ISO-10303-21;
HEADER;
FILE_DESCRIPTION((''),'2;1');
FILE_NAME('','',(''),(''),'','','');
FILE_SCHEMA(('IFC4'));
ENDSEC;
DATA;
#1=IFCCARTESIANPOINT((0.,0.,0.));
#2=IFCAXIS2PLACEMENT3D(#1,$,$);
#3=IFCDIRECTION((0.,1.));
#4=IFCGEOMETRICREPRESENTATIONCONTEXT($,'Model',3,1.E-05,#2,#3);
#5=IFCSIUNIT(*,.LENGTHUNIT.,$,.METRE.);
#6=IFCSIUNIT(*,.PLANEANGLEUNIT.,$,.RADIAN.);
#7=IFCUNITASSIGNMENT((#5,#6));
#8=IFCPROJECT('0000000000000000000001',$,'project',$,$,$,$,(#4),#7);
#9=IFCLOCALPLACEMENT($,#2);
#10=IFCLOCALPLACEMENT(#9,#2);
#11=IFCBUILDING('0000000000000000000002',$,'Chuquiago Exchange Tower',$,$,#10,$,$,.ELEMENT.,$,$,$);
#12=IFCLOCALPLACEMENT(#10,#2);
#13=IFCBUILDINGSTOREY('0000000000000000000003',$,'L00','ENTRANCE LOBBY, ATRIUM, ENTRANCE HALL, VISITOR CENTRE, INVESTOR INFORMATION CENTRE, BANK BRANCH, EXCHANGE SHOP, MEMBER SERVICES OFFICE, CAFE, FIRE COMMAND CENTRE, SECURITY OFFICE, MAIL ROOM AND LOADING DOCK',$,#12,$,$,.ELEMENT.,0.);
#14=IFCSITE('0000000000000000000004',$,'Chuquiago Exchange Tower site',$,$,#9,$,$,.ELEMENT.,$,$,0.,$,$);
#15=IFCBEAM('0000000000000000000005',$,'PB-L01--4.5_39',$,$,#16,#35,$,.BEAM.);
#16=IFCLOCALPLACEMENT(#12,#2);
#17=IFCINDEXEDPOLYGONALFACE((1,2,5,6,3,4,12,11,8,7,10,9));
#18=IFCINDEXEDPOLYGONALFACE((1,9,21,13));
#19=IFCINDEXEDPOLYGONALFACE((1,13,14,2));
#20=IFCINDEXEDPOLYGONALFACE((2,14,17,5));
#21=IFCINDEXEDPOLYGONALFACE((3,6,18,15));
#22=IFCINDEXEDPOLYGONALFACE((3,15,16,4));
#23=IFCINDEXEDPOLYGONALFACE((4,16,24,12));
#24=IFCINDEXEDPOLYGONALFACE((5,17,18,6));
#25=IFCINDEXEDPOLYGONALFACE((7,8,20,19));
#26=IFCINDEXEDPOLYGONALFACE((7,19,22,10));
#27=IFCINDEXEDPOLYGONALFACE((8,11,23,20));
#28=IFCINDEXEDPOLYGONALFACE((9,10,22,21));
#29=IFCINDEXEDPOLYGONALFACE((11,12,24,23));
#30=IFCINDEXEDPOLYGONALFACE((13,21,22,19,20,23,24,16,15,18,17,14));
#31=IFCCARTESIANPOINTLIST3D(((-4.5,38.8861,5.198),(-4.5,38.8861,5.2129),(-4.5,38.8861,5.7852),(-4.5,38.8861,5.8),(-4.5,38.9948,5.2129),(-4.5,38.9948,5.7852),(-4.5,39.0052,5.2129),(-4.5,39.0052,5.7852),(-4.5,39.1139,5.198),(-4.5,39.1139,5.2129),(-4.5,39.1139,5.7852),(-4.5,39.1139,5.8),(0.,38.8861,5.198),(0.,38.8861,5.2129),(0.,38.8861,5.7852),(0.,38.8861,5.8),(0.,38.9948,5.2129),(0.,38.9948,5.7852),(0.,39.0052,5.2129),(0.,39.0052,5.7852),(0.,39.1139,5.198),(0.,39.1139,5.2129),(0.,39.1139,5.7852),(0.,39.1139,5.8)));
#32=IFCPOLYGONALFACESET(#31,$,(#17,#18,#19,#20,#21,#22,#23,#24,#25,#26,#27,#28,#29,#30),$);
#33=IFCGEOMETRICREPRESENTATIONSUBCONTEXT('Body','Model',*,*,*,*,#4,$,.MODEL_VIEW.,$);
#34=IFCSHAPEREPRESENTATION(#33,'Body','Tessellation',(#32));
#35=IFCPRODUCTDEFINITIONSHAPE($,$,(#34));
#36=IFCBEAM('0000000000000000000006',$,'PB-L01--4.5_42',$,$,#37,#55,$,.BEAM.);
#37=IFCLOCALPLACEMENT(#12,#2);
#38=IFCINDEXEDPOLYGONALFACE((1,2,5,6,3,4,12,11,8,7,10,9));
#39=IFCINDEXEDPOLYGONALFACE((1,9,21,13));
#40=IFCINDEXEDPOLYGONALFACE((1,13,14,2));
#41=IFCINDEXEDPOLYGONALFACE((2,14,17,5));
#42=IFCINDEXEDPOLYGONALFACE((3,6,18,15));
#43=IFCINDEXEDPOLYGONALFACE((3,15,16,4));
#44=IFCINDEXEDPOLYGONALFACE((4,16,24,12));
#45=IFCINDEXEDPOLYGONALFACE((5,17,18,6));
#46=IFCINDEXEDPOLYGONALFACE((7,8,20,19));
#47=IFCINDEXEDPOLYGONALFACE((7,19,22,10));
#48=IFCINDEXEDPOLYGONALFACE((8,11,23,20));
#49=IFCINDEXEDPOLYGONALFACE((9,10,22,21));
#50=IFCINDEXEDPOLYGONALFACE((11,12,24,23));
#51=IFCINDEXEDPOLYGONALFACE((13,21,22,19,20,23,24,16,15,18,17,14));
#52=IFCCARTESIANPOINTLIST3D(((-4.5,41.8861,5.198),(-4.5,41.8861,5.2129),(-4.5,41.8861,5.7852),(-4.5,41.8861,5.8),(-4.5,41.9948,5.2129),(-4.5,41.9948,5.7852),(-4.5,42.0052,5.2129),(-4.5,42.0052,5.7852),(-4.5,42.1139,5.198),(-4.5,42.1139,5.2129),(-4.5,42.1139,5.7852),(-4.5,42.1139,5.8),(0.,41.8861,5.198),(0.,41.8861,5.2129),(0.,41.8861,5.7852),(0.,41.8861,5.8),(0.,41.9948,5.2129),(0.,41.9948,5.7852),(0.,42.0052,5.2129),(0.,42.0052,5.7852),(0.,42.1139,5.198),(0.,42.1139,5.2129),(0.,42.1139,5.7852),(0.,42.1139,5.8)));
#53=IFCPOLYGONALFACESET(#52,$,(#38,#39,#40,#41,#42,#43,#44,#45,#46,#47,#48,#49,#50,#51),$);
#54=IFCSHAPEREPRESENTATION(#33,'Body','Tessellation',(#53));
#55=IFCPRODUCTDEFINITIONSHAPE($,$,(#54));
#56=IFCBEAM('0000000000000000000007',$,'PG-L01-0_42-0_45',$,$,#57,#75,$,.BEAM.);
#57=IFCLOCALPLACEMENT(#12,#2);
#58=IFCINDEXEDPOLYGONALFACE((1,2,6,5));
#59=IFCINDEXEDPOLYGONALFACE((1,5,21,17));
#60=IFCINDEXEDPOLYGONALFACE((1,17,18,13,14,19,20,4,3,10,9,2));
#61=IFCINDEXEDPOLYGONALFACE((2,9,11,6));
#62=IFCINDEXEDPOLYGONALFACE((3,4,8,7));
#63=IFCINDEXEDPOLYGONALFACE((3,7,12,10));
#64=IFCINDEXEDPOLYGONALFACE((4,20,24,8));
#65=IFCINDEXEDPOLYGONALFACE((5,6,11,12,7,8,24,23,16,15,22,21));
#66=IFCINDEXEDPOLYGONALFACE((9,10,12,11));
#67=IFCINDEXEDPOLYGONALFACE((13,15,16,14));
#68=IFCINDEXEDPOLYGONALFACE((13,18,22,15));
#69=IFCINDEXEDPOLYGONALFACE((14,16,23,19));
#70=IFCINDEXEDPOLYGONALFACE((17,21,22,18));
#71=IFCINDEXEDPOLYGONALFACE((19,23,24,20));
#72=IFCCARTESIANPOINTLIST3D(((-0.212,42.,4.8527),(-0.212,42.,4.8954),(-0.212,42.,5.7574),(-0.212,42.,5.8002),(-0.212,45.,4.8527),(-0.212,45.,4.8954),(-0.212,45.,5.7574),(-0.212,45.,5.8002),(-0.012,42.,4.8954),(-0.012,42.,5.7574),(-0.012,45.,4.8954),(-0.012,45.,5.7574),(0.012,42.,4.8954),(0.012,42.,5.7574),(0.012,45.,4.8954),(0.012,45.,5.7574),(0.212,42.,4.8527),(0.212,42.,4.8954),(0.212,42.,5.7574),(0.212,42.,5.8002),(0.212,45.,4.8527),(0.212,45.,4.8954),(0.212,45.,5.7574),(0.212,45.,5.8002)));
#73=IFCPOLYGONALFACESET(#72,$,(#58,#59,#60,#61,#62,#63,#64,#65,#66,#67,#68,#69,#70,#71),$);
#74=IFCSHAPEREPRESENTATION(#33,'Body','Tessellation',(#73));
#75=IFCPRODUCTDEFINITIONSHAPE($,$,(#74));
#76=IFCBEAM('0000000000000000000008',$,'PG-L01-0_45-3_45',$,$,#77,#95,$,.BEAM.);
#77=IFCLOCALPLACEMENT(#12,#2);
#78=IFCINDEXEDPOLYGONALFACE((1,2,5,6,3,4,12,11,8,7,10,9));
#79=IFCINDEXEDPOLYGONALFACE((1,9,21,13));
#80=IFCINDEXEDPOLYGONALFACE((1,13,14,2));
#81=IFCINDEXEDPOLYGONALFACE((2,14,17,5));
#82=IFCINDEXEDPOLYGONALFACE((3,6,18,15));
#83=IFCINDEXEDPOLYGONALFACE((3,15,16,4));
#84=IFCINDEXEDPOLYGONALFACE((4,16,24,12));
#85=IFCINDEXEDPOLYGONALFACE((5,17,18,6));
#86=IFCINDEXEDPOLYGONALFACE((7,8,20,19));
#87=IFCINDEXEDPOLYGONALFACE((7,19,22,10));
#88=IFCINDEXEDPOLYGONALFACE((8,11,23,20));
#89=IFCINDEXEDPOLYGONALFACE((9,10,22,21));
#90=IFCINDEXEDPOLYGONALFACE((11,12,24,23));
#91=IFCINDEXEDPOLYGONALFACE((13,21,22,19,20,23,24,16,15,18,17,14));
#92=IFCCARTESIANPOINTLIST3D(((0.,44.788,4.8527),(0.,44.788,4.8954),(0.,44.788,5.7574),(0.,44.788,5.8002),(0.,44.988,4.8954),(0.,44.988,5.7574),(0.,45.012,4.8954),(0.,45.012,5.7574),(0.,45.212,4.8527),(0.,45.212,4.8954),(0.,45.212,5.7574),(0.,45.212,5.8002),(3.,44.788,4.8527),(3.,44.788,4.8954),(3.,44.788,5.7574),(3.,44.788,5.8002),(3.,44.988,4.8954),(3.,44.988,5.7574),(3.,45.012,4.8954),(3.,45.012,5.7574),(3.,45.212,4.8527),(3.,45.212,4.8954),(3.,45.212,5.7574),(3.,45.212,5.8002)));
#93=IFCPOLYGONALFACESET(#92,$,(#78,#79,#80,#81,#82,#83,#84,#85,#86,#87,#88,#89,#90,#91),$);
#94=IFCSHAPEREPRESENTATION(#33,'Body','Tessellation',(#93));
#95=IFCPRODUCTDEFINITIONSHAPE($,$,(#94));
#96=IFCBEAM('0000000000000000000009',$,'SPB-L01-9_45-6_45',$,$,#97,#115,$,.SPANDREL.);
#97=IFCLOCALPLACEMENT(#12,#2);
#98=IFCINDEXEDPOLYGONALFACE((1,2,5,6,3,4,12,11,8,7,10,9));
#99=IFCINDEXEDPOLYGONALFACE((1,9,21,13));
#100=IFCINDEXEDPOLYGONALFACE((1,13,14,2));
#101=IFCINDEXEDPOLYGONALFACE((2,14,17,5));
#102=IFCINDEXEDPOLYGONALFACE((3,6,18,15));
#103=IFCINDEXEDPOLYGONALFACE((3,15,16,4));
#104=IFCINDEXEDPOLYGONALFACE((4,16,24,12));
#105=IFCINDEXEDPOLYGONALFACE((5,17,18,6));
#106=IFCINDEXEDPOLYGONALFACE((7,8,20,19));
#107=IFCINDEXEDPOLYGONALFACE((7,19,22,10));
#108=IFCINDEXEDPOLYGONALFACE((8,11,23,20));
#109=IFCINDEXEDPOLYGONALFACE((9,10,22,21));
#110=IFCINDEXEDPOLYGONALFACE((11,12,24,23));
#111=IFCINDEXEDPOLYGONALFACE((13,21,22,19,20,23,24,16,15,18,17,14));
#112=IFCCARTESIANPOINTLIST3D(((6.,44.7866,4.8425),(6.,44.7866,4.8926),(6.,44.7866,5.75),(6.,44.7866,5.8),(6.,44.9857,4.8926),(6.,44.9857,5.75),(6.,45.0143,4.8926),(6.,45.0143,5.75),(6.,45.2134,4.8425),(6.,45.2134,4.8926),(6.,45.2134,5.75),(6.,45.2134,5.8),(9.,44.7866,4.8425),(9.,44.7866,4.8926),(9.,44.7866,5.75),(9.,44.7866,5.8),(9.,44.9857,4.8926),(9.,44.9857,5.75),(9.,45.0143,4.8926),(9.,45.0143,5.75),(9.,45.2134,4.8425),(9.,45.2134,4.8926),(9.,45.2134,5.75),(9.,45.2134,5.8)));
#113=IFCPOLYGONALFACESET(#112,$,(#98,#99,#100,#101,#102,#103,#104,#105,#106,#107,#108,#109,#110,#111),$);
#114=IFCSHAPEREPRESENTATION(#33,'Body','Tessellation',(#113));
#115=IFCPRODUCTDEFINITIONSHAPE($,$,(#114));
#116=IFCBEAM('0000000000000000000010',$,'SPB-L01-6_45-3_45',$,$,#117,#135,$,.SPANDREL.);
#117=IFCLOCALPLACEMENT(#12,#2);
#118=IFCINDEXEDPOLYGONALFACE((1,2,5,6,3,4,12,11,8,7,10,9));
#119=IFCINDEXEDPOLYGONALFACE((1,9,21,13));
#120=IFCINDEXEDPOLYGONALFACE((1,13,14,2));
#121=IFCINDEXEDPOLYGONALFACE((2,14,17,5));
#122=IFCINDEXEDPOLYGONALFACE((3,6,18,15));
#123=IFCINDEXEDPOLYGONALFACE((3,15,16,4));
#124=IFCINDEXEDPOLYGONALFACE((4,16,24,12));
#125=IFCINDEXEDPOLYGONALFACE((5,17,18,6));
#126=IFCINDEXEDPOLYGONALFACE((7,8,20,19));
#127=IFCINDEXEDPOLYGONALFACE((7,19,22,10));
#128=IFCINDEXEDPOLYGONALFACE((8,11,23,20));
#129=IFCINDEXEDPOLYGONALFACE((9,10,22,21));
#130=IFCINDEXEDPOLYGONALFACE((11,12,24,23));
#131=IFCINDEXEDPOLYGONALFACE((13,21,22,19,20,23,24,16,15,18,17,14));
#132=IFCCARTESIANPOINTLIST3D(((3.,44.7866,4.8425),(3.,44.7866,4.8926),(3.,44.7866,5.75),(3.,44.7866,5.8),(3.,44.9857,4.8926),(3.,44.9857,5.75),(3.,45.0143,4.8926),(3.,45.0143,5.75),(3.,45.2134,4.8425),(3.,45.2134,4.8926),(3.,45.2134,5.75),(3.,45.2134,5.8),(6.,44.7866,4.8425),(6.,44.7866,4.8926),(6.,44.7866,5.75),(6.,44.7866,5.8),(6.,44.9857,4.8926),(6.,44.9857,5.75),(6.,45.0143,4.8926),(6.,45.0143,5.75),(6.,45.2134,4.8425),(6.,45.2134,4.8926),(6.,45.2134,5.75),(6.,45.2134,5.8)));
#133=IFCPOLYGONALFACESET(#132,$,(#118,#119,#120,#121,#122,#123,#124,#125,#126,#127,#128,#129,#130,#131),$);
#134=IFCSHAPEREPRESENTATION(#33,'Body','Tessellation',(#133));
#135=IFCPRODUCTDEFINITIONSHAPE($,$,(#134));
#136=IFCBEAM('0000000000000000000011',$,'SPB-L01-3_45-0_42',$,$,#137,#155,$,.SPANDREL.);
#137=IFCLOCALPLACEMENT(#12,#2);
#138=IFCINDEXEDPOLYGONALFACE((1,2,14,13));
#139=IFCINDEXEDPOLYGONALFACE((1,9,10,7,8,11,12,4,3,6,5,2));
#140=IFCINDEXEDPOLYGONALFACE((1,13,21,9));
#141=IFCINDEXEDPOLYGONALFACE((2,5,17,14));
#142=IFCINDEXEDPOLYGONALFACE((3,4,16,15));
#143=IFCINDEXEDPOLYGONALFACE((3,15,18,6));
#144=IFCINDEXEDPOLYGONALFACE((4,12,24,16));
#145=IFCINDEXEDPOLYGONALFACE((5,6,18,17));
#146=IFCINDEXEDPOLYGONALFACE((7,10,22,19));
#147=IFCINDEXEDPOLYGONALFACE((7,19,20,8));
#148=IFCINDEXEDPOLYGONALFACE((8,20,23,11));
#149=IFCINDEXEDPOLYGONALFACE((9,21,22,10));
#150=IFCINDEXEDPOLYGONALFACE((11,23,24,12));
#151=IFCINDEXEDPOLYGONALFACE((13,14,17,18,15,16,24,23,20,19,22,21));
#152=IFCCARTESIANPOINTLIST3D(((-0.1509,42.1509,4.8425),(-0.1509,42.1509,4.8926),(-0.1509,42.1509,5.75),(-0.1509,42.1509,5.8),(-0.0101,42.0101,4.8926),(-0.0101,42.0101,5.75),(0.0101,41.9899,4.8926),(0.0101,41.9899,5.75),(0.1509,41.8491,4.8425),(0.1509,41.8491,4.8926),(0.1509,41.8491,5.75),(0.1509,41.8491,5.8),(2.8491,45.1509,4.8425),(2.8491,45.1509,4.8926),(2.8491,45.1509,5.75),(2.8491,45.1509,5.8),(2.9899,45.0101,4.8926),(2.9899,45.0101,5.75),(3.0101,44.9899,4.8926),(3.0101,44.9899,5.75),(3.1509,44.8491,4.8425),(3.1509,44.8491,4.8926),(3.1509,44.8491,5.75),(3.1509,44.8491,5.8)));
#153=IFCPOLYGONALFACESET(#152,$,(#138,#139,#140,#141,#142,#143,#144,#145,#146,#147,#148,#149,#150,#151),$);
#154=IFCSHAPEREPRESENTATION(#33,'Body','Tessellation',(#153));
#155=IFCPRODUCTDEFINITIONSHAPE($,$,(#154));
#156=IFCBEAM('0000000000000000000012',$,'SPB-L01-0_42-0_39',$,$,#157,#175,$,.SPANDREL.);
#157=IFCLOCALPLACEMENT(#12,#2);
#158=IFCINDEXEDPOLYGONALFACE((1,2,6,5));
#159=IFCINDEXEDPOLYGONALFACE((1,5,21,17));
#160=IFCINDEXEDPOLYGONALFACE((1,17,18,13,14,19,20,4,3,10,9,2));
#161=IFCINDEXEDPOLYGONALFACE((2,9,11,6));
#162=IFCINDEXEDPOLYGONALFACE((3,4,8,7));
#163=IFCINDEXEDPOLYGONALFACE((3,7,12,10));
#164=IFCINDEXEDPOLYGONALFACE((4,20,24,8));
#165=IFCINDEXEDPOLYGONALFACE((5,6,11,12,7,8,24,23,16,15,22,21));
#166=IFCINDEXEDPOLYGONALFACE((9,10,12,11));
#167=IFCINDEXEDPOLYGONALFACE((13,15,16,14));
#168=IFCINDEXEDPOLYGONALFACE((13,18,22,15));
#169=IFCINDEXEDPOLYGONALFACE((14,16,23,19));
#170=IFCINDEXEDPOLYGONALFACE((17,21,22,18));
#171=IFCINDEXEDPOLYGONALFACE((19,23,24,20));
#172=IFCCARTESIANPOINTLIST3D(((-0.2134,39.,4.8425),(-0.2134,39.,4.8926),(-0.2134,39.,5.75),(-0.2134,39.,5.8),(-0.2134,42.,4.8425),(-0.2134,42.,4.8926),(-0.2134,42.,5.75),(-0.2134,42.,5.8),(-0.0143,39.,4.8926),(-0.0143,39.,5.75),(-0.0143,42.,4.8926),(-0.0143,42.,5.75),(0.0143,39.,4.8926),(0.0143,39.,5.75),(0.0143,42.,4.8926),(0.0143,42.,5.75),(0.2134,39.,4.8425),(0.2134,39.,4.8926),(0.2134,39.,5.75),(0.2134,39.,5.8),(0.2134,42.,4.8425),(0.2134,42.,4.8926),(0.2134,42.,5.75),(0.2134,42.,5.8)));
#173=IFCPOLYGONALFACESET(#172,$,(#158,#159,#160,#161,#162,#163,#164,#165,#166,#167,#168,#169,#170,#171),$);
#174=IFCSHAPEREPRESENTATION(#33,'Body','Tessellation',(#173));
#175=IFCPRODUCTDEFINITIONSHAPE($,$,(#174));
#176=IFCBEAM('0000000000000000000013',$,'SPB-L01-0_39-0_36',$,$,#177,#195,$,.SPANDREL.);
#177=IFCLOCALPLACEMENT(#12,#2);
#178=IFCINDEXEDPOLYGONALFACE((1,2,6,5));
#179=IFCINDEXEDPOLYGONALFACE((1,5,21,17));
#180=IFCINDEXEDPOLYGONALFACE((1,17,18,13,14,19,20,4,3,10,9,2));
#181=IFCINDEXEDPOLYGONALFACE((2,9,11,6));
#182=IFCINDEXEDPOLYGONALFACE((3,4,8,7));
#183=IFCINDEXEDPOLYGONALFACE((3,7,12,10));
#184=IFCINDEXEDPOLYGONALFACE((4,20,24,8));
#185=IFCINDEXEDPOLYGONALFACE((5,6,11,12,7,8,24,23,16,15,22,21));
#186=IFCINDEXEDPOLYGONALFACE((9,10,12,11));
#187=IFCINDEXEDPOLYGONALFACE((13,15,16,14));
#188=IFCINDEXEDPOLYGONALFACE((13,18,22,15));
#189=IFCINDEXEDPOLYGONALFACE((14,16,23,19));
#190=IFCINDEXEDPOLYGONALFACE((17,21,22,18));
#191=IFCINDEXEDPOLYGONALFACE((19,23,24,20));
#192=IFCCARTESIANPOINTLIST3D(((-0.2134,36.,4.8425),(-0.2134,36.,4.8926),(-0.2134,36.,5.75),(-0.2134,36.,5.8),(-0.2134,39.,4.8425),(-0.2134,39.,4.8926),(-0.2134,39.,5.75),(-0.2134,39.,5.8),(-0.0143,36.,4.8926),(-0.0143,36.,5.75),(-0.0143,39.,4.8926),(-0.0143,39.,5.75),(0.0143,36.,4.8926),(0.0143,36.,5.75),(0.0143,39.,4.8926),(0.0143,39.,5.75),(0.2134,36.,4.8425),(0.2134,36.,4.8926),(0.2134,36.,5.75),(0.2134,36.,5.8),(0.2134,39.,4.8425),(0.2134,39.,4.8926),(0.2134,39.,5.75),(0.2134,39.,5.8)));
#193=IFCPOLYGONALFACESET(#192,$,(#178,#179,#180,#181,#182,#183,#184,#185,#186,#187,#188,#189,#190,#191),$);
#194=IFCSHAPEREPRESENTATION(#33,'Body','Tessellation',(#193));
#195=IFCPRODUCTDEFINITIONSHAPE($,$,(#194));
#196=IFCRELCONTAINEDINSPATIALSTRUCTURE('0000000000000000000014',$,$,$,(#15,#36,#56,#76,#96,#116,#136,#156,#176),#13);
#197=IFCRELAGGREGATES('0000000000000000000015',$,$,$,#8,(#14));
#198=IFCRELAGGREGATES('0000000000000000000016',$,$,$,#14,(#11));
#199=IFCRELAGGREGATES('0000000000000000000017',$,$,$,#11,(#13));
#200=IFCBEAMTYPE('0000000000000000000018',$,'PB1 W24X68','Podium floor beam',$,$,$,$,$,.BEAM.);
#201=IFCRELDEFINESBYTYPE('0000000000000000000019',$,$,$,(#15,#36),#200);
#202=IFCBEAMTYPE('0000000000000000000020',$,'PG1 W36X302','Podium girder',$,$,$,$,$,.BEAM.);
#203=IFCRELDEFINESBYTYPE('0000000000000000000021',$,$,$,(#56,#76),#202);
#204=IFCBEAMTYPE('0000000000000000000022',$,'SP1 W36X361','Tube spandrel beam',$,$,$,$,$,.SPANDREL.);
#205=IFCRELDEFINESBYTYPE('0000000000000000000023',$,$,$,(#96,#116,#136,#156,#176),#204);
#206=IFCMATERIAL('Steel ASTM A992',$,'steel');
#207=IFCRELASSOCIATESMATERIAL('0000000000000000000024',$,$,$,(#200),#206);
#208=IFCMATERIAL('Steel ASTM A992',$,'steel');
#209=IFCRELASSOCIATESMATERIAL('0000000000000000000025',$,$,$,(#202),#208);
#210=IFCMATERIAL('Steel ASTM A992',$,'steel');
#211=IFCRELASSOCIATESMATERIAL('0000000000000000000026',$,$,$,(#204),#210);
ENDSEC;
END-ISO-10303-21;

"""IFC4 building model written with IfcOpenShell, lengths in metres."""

from ifc_helpers import new_model, si_unit, direction, frame, origin, origin_2d, place, context, subcontext, project, spatial, i_section, extrude, material, material_profile, profile_set, type_object, element, save


model = new_model("IFC4")

# Units and contexts
model_context = context("Model", 3, precision=1e-05, world=origin(), true_north=direction((0.0, 1.0)))
body_context = subcontext(model_context, "Body", "Model", "MODEL_VIEW")
ifc_project = project(units=[si_unit("LENGTHUNIT", "METRE"), si_unit("PLANEANGLEUNIT", "RADIAN")], contexts=[model_context])

# Site, building, storey
site_placement = place(None, origin())
site = spatial("IfcSite", under=ifc_project, at=site_placement, Name="Chuquiago Exchange Tower site", CompositionType="ELEMENT", RefElevation=0.0)
building_placement = place(site_placement, origin())
building = spatial("IfcBuilding", under=site, at=building_placement, Name="Chuquiago Exchange Tower", CompositionType="ELEMENT")
storey_placement = place(building_placement, origin())
storey = spatial("IfcBuildingStorey", under=building, at=storey_placement, Name="L00", Description="ENTRANCE LOBBY, ATRIUM, ENTRANCE HALL, VISITOR CENTRE, INVESTOR INFORMATION CENTRE, BANK BRANCH, EXCHANGE SHOP, MEMBER SERVICES OFFICE, CAFE, FIRE COMMAND CENTRE, SECURITY OFFICE, MAIL ROOM AND LOADING DOCK", CompositionType="ELEMENT", Elevation=0.0)

# Beams
ifc_material_1 = material(Name="Steel ASTM A992", Category="steel")
ifc_material_profile_1 = material_profile(ifc_material_1, i_section(OverallWidth=0.2278, OverallDepth=0.6021, WebThickness=0.0105, FlangeThickness=0.0149, at=origin_2d()), Name="W24X68")
ifc_profile_set_1 = profile_set([ifc_material_profile_1], Name="Steel ASTM A992")
beam_type_1 = type_object("IfcBeamType", Name="PB1 W24X68", Description="Podium floor beam", PredefinedType="BEAM", material=ifc_profile_set_1)
for number, where, z_axis, x_axis, name in (
    (1, (-4.5, 39.0, 5.499), (1.0, 0.0, 0.0), (0.0, 1.0, 0.0), "PB-L01--4.5_39"),
    (2, (-4.5, 42.0, 5.499), (1.0, 0.0, 0.0), (0.0, 1.0, 0.0), "PB-L01--4.5_42"),
):
    element("IfcBeam", number, at=place(storey_placement, frame(where, z_axis=z_axis, x_axis=x_axis)), inside=storey, type_object=beam_type_1, Name=name, PredefinedType="BEAM", context=body_context, shape_type="SweptSolid", body=[
        extrude(i_section(OverallWidth=0.2278, OverallDepth=0.6021, WebThickness=0.0105, FlangeThickness=0.0149, at=origin_2d()), origin(), (0.0, 0.0, 1.0), 4.5),
    ])
ifc_material_2 = material(Name="Steel ASTM A992", Category="steel")
ifc_material_profile_2 = material_profile(ifc_material_2, i_section(OverallWidth=0.4241, OverallDepth=0.9475, WebThickness=0.0239, FlangeThickness=0.0427, at=origin_2d()), Name="W36X302")
ifc_profile_set_2 = profile_set([ifc_material_profile_2], Name="Steel ASTM A992")
beam_type_2 = type_object("IfcBeamType", Name="PG1 W36X302", Description="Podium girder", PredefinedType="BEAM", material=ifc_profile_set_2)
for number, where, z_axis, x_axis, name in (
    (3, (0.0, 42.0, 5.3264), (0.0, 1.0, 0.0), (-1.0, 0.0, 0.0), "PG-L01-0_42-0_45"),
    (4, (0.0, 45.0, 5.3264), (1.0, 0.0, 0.0), (0.0, 1.0, 0.0), "PG-L01-0_45-3_45"),
):
    element("IfcBeam", number, at=place(storey_placement, frame(where, z_axis=z_axis, x_axis=x_axis)), inside=storey, type_object=beam_type_2, Name=name, PredefinedType="BEAM", context=body_context, shape_type="SweptSolid", body=[
        extrude(i_section(OverallWidth=0.4241, OverallDepth=0.9475, WebThickness=0.0239, FlangeThickness=0.0427, at=origin_2d()), origin(), (0.0, 0.0, 1.0), 3.0),
    ])
ifc_material_3 = material(Name="Steel ASTM A992", Category="steel")
ifc_material_profile_3 = material_profile(ifc_material_3, i_section(OverallWidth=0.4268, OverallDepth=0.9575, WebThickness=0.0286, FlangeThickness=0.05, at=origin_2d()), Name="W36X361")
ifc_profile_set_3 = profile_set([ifc_material_profile_3], Name="Steel ASTM A992")
beam_type_3 = type_object("IfcBeamType", Name="SP1 W36X361", Description="Tube spandrel beam", PredefinedType="SPANDREL", material=ifc_profile_set_3)
for number, where, z_axis, x_axis, name in (
    (5, (9.0, 45.0, 5.3213), (-1.0, 0.0, 0.0), (0.0, -1.0, 0.0), "SPB-L01-9_45-6_45"),
    (6, (6.0, 45.0, 5.3213), (-1.0, 0.0, 0.0), (0.0, -1.0, 0.0), "SPB-L01-6_45-3_45"),
):
    element("IfcBeam", number, at=place(storey_placement, frame(where, z_axis=z_axis, x_axis=x_axis)), inside=storey, type_object=beam_type_3, Name=name, PredefinedType="SPANDREL", context=body_context, shape_type="SweptSolid", body=[
        extrude(i_section(OverallWidth=0.4268, OverallDepth=0.9575, WebThickness=0.0286, FlangeThickness=0.05, at=origin_2d()), origin(), (0.0, 0.0, 1.0), 3.0),
    ])
beam_1_placement = place(storey_placement, frame((3.0, 45.0, 5.3213), z_axis=(-0.707107, -0.707107, 0.0), x_axis=(0.707107, -0.707107, 0.0)))
element("IfcBeam", 7, at=beam_1_placement, inside=storey, type_object=beam_type_3, Name="SPB-L01-3_45-0_42", PredefinedType="SPANDREL", context=body_context, shape_type="SweptSolid", body=[
    extrude(i_section(OverallWidth=0.4268, OverallDepth=0.9575, WebThickness=0.0286, FlangeThickness=0.05, at=origin_2d()), origin(), (0.0, 0.0, 1.0), 4.2427),
])
for number, where, z_axis, x_axis, name in (
    (8, (0.0, 42.0, 5.3213), (0.0, -1.0, 0.0), (1.0, 0.0, 0.0), "SPB-L01-0_42-0_39"),
    (9, (0.0, 39.0, 5.3213), (0.0, -1.0, 0.0), (1.0, 0.0, 0.0), "SPB-L01-0_39-0_36"),
):
    element("IfcBeam", number, at=place(storey_placement, frame(where, z_axis=z_axis, x_axis=x_axis)), inside=storey, type_object=beam_type_3, Name=name, PredefinedType="SPANDREL", context=body_context, shape_type="SweptSolid", body=[
        extrude(i_section(OverallWidth=0.4268, OverallDepth=0.9575, WebThickness=0.0286, FlangeThickness=0.05, at=origin_2d()), origin(), (0.0, 0.0, 1.0), 3.0),
    ])

save(model, "model.ifc")
